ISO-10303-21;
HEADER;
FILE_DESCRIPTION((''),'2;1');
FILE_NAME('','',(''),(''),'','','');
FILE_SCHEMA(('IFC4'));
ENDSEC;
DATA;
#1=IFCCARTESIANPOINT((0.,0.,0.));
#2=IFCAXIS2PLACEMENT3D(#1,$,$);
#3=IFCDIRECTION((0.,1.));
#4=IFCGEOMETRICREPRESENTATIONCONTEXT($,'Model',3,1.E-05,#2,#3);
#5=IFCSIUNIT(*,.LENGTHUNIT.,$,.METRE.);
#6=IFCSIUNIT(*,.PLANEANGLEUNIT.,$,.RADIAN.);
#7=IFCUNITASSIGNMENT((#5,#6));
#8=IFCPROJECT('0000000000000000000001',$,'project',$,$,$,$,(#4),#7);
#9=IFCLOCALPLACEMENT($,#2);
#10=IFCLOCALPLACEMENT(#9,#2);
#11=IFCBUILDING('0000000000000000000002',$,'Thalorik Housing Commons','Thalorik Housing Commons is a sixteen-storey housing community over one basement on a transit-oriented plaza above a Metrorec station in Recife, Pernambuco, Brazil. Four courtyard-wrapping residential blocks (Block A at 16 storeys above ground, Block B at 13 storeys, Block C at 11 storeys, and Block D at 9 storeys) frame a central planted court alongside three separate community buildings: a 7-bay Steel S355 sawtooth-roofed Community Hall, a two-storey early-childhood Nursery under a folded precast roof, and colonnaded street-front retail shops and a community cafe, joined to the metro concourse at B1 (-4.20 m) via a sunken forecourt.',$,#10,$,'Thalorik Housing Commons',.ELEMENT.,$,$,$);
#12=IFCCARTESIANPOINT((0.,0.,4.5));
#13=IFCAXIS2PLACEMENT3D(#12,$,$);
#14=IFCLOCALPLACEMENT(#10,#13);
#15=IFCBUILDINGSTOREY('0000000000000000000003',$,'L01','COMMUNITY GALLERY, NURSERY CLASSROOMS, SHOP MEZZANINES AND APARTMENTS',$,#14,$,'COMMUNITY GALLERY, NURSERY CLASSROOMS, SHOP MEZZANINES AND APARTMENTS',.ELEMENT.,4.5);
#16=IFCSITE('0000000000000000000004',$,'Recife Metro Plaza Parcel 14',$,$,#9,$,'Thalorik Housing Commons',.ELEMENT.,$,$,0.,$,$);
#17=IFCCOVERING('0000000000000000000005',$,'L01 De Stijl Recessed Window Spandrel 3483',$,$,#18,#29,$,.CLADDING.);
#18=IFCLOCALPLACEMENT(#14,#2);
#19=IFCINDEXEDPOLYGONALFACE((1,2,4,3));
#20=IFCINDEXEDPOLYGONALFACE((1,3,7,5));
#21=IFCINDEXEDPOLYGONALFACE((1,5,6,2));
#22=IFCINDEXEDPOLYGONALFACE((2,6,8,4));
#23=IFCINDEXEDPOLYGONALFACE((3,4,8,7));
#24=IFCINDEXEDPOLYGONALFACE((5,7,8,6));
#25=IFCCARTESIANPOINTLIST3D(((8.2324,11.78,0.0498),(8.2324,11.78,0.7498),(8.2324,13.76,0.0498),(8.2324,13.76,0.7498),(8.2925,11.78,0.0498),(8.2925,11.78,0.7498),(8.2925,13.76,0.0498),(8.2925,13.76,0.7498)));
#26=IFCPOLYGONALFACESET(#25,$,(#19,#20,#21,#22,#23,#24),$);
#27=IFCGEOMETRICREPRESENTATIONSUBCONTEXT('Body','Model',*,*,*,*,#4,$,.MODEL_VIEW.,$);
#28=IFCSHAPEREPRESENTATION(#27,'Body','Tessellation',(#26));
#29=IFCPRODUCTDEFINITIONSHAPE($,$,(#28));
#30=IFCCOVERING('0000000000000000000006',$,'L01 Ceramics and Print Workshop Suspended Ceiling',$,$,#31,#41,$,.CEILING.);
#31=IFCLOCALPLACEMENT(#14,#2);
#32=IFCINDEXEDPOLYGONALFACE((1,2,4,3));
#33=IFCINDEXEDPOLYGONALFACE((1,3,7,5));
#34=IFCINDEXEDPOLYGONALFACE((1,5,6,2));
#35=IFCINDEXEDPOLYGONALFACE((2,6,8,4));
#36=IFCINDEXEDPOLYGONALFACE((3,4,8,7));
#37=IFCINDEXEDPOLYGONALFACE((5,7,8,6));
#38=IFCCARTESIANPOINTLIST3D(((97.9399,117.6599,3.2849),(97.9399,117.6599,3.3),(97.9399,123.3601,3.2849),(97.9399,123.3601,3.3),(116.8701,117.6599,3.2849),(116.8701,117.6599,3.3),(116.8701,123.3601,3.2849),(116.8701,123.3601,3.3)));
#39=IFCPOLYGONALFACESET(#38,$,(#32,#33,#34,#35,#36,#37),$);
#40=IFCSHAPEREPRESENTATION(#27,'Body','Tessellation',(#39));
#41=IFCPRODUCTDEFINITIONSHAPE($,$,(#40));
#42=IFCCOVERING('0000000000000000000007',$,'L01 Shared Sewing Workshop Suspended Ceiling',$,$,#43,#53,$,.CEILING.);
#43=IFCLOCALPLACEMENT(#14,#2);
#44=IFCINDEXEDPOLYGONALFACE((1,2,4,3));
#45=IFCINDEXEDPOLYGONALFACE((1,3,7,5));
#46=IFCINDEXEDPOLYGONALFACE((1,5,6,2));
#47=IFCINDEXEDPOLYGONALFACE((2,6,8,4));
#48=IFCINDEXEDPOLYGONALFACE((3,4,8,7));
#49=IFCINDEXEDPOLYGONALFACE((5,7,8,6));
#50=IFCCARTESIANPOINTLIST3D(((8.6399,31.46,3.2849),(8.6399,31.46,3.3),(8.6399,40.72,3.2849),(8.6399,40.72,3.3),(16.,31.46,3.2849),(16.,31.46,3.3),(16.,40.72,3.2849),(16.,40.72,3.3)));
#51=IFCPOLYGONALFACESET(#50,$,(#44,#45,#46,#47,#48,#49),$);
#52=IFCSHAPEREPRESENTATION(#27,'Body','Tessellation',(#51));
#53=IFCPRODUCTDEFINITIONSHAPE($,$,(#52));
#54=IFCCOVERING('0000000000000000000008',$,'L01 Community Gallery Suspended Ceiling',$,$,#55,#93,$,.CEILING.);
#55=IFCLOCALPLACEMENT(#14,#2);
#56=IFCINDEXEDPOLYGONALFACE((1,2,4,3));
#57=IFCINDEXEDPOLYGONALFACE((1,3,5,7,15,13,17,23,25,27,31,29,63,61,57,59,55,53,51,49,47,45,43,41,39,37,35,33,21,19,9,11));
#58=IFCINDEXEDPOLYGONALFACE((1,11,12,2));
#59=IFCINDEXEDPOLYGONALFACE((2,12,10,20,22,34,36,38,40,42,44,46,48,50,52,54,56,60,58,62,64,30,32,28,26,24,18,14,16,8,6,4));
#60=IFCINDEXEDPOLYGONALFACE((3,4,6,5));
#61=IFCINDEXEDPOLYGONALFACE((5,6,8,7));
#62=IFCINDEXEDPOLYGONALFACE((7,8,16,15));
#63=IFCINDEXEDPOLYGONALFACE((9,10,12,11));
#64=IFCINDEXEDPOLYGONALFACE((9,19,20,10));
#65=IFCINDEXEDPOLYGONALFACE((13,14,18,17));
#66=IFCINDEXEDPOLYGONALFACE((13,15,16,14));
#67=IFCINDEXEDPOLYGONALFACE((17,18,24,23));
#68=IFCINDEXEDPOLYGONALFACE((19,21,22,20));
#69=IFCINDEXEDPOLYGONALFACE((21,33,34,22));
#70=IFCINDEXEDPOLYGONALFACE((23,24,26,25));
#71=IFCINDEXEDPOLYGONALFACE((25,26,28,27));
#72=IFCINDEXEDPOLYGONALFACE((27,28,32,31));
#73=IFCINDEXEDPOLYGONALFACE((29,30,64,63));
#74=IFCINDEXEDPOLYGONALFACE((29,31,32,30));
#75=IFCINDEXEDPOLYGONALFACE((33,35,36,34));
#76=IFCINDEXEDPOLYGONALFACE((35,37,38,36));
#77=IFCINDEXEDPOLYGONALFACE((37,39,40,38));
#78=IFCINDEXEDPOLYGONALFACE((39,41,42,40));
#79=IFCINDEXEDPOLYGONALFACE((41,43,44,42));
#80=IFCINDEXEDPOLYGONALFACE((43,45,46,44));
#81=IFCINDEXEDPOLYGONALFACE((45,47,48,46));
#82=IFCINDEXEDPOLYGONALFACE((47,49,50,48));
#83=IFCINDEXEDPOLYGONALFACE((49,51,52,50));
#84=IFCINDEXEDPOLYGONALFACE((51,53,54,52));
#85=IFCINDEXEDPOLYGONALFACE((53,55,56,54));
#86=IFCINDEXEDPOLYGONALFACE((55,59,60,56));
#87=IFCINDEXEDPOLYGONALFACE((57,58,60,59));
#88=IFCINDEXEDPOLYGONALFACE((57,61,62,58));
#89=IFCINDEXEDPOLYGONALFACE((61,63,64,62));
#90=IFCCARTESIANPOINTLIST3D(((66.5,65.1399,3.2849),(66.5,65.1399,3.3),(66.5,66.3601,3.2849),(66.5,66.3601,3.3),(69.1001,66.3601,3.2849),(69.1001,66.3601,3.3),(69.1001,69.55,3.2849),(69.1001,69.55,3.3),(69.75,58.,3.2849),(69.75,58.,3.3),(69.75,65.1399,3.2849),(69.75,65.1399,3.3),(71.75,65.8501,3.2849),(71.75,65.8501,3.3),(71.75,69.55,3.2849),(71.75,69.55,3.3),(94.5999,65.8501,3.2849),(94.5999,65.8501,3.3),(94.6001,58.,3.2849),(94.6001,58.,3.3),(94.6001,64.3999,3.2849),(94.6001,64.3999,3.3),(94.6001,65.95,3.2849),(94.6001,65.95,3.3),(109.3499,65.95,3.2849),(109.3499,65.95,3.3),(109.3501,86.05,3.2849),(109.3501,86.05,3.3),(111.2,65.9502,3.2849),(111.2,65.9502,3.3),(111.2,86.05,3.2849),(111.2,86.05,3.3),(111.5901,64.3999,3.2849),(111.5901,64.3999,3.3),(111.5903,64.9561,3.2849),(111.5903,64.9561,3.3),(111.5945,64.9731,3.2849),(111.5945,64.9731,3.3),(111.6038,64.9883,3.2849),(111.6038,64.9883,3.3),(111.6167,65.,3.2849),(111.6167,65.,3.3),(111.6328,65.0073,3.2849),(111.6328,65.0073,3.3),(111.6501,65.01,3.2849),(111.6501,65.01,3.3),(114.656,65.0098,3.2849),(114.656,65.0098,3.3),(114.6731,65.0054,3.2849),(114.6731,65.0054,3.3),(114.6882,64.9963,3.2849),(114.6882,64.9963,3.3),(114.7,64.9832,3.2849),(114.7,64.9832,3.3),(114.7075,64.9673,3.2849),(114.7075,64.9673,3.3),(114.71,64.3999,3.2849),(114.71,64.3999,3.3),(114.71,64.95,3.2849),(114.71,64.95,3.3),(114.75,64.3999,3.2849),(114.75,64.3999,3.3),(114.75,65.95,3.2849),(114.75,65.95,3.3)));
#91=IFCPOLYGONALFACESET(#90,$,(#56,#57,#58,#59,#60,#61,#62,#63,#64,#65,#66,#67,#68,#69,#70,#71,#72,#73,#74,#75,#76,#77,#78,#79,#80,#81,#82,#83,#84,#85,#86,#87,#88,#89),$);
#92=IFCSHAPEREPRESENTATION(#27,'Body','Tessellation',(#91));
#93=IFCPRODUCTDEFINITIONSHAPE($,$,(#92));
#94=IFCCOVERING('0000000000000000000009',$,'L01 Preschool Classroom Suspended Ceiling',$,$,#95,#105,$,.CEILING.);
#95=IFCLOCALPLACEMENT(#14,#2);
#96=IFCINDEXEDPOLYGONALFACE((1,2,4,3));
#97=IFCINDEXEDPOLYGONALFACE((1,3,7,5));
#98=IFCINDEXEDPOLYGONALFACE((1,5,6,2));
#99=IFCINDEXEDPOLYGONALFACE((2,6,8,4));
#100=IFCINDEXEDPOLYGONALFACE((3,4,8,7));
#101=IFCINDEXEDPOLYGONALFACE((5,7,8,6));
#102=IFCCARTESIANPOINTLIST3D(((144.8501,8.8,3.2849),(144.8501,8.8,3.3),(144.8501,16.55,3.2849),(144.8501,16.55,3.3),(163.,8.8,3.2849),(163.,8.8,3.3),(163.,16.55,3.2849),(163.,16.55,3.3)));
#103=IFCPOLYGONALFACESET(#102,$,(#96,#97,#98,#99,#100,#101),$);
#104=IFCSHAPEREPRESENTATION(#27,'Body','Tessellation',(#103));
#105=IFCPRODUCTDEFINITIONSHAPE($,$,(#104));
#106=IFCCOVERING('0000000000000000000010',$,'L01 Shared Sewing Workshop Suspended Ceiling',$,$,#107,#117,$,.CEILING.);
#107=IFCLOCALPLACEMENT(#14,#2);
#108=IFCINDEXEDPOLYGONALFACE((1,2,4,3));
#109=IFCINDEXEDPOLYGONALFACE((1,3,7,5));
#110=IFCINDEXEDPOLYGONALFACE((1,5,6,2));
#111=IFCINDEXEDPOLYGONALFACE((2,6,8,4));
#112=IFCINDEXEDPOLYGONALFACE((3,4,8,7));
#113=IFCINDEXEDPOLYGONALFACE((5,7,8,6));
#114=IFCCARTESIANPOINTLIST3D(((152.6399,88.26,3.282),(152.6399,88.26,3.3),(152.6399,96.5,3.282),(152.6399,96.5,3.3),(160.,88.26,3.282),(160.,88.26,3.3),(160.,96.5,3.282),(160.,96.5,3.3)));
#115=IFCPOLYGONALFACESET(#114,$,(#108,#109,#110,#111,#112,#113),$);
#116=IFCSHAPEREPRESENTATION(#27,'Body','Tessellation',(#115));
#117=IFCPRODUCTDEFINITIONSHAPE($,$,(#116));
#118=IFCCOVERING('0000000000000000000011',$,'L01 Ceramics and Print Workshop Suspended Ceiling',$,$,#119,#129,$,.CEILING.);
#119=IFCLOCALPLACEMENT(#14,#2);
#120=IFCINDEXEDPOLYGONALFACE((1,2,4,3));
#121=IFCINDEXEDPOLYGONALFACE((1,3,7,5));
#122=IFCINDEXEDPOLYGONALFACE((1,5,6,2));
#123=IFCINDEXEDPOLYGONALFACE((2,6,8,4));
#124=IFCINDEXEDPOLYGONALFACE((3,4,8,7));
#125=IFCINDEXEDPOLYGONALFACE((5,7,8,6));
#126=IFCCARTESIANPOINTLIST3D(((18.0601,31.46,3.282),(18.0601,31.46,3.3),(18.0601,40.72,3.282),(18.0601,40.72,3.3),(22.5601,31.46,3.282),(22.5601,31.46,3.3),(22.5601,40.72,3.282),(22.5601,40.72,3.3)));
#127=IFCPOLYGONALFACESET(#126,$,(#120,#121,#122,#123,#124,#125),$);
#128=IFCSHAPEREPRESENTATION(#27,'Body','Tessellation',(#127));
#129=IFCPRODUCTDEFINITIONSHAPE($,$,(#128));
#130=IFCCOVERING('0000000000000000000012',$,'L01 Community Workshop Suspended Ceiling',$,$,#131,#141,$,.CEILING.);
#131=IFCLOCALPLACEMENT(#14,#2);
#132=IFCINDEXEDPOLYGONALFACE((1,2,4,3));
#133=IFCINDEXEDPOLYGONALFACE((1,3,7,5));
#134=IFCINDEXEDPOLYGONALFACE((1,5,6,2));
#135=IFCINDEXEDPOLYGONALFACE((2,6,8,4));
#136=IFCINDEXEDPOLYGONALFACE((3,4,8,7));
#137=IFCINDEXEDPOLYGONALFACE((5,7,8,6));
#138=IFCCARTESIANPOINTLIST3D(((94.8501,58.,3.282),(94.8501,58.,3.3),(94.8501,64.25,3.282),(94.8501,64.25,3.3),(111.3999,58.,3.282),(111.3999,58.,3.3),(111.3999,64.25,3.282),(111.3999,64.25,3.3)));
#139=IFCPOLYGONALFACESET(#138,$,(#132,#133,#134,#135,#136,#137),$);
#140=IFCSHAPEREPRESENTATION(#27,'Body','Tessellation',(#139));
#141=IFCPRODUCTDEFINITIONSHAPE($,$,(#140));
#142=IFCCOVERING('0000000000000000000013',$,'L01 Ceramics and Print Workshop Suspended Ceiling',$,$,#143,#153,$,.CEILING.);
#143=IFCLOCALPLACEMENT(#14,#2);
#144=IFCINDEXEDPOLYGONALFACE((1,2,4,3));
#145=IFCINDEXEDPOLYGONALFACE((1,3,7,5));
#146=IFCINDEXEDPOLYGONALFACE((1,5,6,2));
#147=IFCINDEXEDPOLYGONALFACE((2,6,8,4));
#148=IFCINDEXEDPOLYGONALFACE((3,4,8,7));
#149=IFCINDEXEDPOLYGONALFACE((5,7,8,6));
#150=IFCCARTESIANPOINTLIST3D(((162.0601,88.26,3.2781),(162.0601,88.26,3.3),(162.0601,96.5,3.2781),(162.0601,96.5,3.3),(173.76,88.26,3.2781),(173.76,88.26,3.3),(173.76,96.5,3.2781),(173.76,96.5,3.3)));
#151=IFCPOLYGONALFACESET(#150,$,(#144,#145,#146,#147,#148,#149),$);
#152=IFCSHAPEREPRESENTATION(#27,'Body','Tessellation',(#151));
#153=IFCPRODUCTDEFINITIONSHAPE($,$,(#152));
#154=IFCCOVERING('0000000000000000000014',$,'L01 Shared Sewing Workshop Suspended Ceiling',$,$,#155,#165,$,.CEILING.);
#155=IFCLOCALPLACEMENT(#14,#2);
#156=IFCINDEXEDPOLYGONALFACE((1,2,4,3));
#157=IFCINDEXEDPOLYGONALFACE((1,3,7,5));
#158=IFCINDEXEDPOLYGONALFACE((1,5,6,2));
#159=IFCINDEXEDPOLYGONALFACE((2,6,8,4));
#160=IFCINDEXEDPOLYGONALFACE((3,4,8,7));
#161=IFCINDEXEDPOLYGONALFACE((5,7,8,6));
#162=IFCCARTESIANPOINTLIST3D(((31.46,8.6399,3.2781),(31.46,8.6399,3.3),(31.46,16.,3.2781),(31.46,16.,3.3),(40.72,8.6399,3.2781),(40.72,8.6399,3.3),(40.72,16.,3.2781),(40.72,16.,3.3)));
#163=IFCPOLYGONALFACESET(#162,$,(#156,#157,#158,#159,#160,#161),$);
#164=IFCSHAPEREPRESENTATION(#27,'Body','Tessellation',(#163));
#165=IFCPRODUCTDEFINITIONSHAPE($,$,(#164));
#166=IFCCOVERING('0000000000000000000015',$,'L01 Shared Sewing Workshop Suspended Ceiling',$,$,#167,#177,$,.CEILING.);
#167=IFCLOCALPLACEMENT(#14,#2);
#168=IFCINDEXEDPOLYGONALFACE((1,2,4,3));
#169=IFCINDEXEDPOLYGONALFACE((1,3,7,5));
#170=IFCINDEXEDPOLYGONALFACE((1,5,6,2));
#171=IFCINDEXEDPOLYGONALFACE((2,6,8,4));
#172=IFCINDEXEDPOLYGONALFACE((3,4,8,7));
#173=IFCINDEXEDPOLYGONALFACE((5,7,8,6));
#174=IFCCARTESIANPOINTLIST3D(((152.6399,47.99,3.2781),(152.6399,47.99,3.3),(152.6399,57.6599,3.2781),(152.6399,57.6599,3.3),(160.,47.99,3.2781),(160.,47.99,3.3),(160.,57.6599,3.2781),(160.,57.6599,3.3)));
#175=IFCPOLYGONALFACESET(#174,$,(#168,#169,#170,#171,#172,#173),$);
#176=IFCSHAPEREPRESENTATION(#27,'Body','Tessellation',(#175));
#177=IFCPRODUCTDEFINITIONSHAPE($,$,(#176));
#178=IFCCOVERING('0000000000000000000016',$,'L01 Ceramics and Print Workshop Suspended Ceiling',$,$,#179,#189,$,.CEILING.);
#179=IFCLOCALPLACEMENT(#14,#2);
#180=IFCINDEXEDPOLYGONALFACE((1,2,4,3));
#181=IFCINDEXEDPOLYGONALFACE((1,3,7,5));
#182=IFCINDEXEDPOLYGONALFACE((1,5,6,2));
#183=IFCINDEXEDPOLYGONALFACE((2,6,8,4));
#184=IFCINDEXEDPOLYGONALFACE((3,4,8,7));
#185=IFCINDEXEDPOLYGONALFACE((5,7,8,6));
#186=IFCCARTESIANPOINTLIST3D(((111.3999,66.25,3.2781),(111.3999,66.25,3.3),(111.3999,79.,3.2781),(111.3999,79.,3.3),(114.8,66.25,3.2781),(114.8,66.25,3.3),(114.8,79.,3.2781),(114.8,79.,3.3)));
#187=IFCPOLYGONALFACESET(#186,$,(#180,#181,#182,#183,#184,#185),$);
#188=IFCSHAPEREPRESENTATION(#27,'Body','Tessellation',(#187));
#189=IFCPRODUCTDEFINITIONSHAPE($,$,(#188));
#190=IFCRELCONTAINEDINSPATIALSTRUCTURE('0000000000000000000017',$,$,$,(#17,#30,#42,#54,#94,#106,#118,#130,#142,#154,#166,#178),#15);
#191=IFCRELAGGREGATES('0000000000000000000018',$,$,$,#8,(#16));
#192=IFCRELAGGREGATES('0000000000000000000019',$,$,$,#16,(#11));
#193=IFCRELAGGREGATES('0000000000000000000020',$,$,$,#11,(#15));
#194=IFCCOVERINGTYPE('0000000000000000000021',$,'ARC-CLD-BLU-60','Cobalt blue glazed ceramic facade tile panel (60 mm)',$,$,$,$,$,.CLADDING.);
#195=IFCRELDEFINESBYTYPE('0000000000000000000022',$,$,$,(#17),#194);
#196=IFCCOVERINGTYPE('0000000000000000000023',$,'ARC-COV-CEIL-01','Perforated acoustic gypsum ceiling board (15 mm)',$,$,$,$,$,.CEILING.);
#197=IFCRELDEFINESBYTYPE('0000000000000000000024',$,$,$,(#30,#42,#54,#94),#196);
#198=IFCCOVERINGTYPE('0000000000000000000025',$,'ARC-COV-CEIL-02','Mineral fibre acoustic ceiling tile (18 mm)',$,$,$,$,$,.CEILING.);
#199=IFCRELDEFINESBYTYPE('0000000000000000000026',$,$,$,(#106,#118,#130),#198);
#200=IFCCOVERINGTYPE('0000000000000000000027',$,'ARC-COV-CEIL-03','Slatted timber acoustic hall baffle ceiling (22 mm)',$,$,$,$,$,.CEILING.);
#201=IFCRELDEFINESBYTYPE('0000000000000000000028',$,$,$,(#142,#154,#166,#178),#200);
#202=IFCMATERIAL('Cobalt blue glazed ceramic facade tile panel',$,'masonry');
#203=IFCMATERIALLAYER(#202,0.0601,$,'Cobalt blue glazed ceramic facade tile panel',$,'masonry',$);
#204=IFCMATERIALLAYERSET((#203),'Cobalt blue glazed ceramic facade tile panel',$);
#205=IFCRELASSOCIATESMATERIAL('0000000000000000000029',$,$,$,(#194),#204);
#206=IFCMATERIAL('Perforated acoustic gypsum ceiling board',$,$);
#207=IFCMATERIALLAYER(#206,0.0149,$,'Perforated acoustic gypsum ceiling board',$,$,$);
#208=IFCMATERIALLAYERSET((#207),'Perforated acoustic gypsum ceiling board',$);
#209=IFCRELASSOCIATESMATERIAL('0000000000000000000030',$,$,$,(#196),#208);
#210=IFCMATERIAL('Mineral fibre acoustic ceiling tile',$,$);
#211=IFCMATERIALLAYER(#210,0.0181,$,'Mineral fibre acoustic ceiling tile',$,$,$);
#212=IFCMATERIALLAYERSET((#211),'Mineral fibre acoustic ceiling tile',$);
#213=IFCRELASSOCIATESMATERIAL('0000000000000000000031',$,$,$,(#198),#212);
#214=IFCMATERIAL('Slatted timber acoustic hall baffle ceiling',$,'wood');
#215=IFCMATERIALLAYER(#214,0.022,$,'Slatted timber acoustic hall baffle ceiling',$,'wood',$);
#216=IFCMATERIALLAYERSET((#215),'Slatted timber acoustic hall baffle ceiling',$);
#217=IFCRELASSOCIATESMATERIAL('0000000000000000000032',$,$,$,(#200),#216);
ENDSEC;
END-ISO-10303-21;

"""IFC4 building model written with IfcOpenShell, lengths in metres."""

from ifc_helpers import new_model, si_unit, direction, frame, origin, origin_2d, place, context, subcontext, project, spatial, polyline, rectangle, outline, extrude, material, layer, layer_set, type_object, element, save


model = new_model("IFC4")

# Units and contexts
model_context = context("Model", 3, precision=1e-05, world=origin(), true_north=direction((0.0, 1.0)))
body_context = subcontext(model_context, "Body", "Model", "MODEL_VIEW")
ifc_project = project(units=[si_unit("LENGTHUNIT", "METRE"), si_unit("PLANEANGLEUNIT", "RADIAN")], contexts=[model_context])

# Site, building, storey
site_placement = place(None, origin())
site = spatial("IfcSite", under=ifc_project, at=site_placement, Name="Recife Metro Plaza Parcel 14", LongName="Thalorik Housing Commons", CompositionType="ELEMENT", RefElevation=0.0)
building_placement = place(site_placement, origin())
building = spatial("IfcBuilding", under=site, at=building_placement, Name="Thalorik Housing Commons", Description="Thalorik Housing Commons is a sixteen-storey housing community over one basement on a transit-oriented plaza above a Metrorec station in Recife, Pernambuco, Brazil. Four courtyard-wrapping residential blocks (Block A at 16 storeys above ground, Block B at 13 storeys, Block C at 11 storeys, and Block D at 9 storeys) frame a central planted court alongside three separate community buildings: a 7-bay Steel S355 sawtooth-roofed Community Hall, a two-storey early-childhood Nursery under a folded precast roof, and colonnaded street-front retail shops and a community cafe, joined to the metro concourse at B1 (-4.20 m) via a sunken forecourt.", LongName="Thalorik Housing Commons", CompositionType="ELEMENT")
storey_placement = place(building_placement, frame((0.0, 0.0, 4.5)))
storey = spatial("IfcBuildingStorey", under=building, at=storey_placement, Name="L01", Description="COMMUNITY GALLERY, NURSERY CLASSROOMS, SHOP MEZZANINES AND APARTMENTS", LongName="COMMUNITY GALLERY, NURSERY CLASSROOMS, SHOP MEZZANINES AND APARTMENTS", CompositionType="ELEMENT", Elevation=4.5)

# Coverings
ifc_material_1 = material(Name="Cobalt blue glazed ceramic facade tile panel", Category="masonry")
ifc_layer_1 = layer(ifc_material_1, 0.0601, Name="Cobalt blue glazed ceramic facade tile panel", Category="masonry")
ifc_layer_set_1 = layer_set([ifc_layer_1], Name="Cobalt blue glazed ceramic facade tile panel")
covering_type_1 = type_object("IfcCoveringType", Name="ARC-CLD-BLU-60", Description="Cobalt blue glazed ceramic facade tile panel (60 mm)", PredefinedType="CLADDING", material=ifc_layer_set_1)
covering_1_placement = place(storey_placement, frame((8.2625, 12.77, 0.0498), z_axis=(0.0, 0.0, 1.0), x_axis=(0.0, -1.0, 0.0)))
element("IfcCovering", 1, at=covering_1_placement, inside=storey, type_object=covering_type_1, Name="L01 De Stijl Recessed Window Spandrel 3483", PredefinedType="CLADDING", context=body_context, shape_type="SweptSolid", body=[
    extrude(rectangle(XDim=1.98, YDim=0.0601, at=origin_2d()), origin(), (0.0, 0.0, 1.0), 0.7),
])
ifc_material_2 = material(Name="Perforated acoustic gypsum ceiling board")
ifc_layer_2 = layer(ifc_material_2, 0.0149, Name="Perforated acoustic gypsum ceiling board")
ifc_layer_set_2 = layer_set([ifc_layer_2], Name="Perforated acoustic gypsum ceiling board")
covering_type_2 = type_object("IfcCoveringType", Name="ARC-COV-CEIL-01", Description="Perforated acoustic gypsum ceiling board (15 mm)", PredefinedType="CEILING", material=ifc_layer_set_2)
covering_2_placement = place(storey_placement, frame((0.0, 0.0, 3.2849)))
element("IfcCovering", 2, at=covering_2_placement, inside=storey, type_object=covering_type_2, Name="L01 Ceramics and Print Workshop Suspended Ceiling", PredefinedType="CEILING", context=body_context, shape_type="SweptSolid", body=[
    extrude(outline(polyline([(116.8701, 117.6599), (116.8701, 123.3601), (97.9399, 123.3601), (97.9399, 117.6599), (116.8701, 117.6599)])), origin(), (0.0, 0.0, 1.0), 0.0151),
])
covering_3_placement = place(storey_placement, frame((0.0, 0.0, 3.2849)))
element("IfcCovering", 3, at=covering_3_placement, inside=storey, type_object=covering_type_2, Name="L01 Shared Sewing Workshop Suspended Ceiling", PredefinedType="CEILING", context=body_context, shape_type="SweptSolid", body=[
    extrude(outline(polyline([(16.0, 40.72), (8.6399, 40.72), (8.6399, 31.46), (16.0, 31.46), (16.0, 40.72)])), origin(), (0.0, 0.0, 1.0), 0.0151),
])
covering_4_placement = place(storey_placement, frame((0.0, 0.0, 3.2849)))
element("IfcCovering", 4, at=covering_4_placement, inside=storey, type_object=covering_type_2, Name="L01 Community Gallery Suspended Ceiling", PredefinedType="CEILING", context=body_context, shape_type="SweptSolid", body=[
    extrude(outline(polyline([(66.5, 66.3601), (66.5, 65.1399), (69.75, 65.1399), (69.75, 58.0), (94.6001, 58.0), (94.6001, 64.3999), (111.5901, 64.3999), (111.5903, 64.9561), (111.5945, 64.9731), (111.6038, 64.9883), (111.6167, 65.0), (111.6328, 65.0073), (111.6501, 65.01), (114.656, 65.0098), (114.6731, 65.0054), (114.6882, 64.9963), (114.7, 64.9832), (114.7075, 64.9673), (114.71, 64.95), (114.71, 64.3999), (114.75, 64.3999), (114.75, 65.95), (111.2, 65.9502), (111.2, 86.05), (109.3501, 86.05), (109.3499, 65.95), (94.6001, 65.95), (94.5999, 65.8501), (71.75, 65.8501), (71.75, 69.55), (69.1001, 69.55), (69.1001, 66.3601), (66.5, 66.3601)])), origin(), (0.0, 0.0, 1.0), 0.0151),
])
covering_5_placement = place(storey_placement, frame((0.0, 0.0, 3.2849)))
element("IfcCovering", 5, at=covering_5_placement, inside=storey, type_object=covering_type_2, Name="L01 Preschool Classroom Suspended Ceiling", PredefinedType="CEILING", context=body_context, shape_type="SweptSolid", body=[
    extrude(outline(polyline([(163.0, 8.8), (163.0, 16.55), (144.8501, 16.55), (144.8501, 8.8), (163.0, 8.8)])), origin(), (0.0, 0.0, 1.0), 0.0151),
])
ifc_material_3 = material(Name="Mineral fibre acoustic ceiling tile")
ifc_layer_3 = layer(ifc_material_3, 0.0181, Name="Mineral fibre acoustic ceiling tile")
ifc_layer_set_3 = layer_set([ifc_layer_3], Name="Mineral fibre acoustic ceiling tile")
covering_type_3 = type_object("IfcCoveringType", Name="ARC-COV-CEIL-02", Description="Mineral fibre acoustic ceiling tile (18 mm)", PredefinedType="CEILING", material=ifc_layer_set_3)
covering_6_placement = place(storey_placement, frame((0.0, 0.0, 3.282)))
element("IfcCovering", 6, at=covering_6_placement, inside=storey, type_object=covering_type_3, Name="L01 Shared Sewing Workshop Suspended Ceiling", PredefinedType="CEILING", context=body_context, shape_type="SweptSolid", body=[
    extrude(outline(polyline([(160.0, 96.5), (152.6399, 96.5), (152.6399, 88.26), (160.0, 88.26), (160.0, 96.5)])), origin(), (0.0, 0.0, 1.0), 0.0181),
])
covering_7_placement = place(storey_placement, frame((0.0, 0.0, 3.282)))
element("IfcCovering", 7, at=covering_7_placement, inside=storey, type_object=covering_type_3, Name="L01 Ceramics and Print Workshop Suspended Ceiling", PredefinedType="CEILING", context=body_context, shape_type="SweptSolid", body=[
    extrude(outline(polyline([(22.5601, 40.72), (18.0601, 40.72), (18.0601, 31.46), (22.5601, 31.46), (22.5601, 40.72)])), origin(), (0.0, 0.0, 1.0), 0.0181),
])
covering_8_placement = place(storey_placement, frame((0.0, 0.0, 3.282)))
element("IfcCovering", 8, at=covering_8_placement, inside=storey, type_object=covering_type_3, Name="L01 Community Workshop Suspended Ceiling", PredefinedType="CEILING", context=body_context, shape_type="SweptSolid", body=[
    extrude(outline(polyline([(111.3999, 58.0), (111.3999, 64.25), (94.8501, 64.25), (94.8501, 58.0), (111.3999, 58.0)])), origin(), (0.0, 0.0, 1.0), 0.0181),
])
ifc_material_4 = material(Name="Slatted timber acoustic hall baffle ceiling", Category="wood")
ifc_layer_4 = layer(ifc_material_4, 0.022, Name="Slatted timber acoustic hall baffle ceiling", Category="wood")
ifc_layer_set_4 = layer_set([ifc_layer_4], Name="Slatted timber acoustic hall baffle ceiling")
covering_type_4 = type_object("IfcCoveringType", Name="ARC-COV-CEIL-03", Description="Slatted timber acoustic hall baffle ceiling (22 mm)", PredefinedType="CEILING", material=ifc_layer_set_4)
covering_9_placement = place(storey_placement, frame((0.0, 0.0, 3.2781)))
element("IfcCovering", 9, at=covering_9_placement, inside=storey, type_object=covering_type_4, Name="L01 Ceramics and Print Workshop Suspended Ceiling", PredefinedType="CEILING", context=body_context, shape_type="SweptSolid", body=[
    extrude(outline(polyline([(173.76, 96.5), (162.0601, 96.5), (162.0601, 88.26), (173.76, 88.26), (173.76, 96.5)])), origin(), (0.0, 0.0, 1.0), 0.022),
])
covering_10_placement = place(storey_placement, frame((0.0, 0.0, 3.2781)))
element("IfcCovering", 10, at=covering_10_placement, inside=storey, type_object=covering_type_4, Name="L01 Shared Sewing Workshop Suspended Ceiling", PredefinedType="CEILING", context=body_context, shape_type="SweptSolid", body=[
    extrude(outline(polyline([(40.72, 8.6399), (40.72, 16.0), (31.46, 16.0), (31.46, 8.6399), (40.72, 8.6399)])), origin(), (0.0, 0.0, 1.0), 0.022),
])
covering_11_placement = place(storey_placement, frame((0.0, 0.0, 3.2781)))
element("IfcCovering", 11, at=covering_11_placement, inside=storey, type_object=covering_type_4, Name="L01 Shared Sewing Workshop Suspended Ceiling", PredefinedType="CEILING", context=body_context, shape_type="SweptSolid", body=[
    extrude(outline(polyline([(160.0, 57.6599), (152.6399, 57.6599), (152.6399, 47.99), (160.0, 47.99), (160.0, 57.6599)])), origin(), (0.0, 0.0, 1.0), 0.022),
])
covering_12_placement = place(storey_placement, frame((0.0, 0.0, 3.2781)))
element("IfcCovering", 12, at=covering_12_placement, inside=storey, type_object=covering_type_4, Name="L01 Ceramics and Print Workshop Suspended Ceiling", PredefinedType="CEILING", context=body_context, shape_type="SweptSolid", body=[
    extrude(outline(polyline([(114.8, 66.25), (114.8, 79.0), (111.3999, 79.0), (111.3999, 66.25), (114.8, 66.25)])), origin(), (0.0, 0.0, 1.0), 0.022),
])

save(model, "model.ifc")
